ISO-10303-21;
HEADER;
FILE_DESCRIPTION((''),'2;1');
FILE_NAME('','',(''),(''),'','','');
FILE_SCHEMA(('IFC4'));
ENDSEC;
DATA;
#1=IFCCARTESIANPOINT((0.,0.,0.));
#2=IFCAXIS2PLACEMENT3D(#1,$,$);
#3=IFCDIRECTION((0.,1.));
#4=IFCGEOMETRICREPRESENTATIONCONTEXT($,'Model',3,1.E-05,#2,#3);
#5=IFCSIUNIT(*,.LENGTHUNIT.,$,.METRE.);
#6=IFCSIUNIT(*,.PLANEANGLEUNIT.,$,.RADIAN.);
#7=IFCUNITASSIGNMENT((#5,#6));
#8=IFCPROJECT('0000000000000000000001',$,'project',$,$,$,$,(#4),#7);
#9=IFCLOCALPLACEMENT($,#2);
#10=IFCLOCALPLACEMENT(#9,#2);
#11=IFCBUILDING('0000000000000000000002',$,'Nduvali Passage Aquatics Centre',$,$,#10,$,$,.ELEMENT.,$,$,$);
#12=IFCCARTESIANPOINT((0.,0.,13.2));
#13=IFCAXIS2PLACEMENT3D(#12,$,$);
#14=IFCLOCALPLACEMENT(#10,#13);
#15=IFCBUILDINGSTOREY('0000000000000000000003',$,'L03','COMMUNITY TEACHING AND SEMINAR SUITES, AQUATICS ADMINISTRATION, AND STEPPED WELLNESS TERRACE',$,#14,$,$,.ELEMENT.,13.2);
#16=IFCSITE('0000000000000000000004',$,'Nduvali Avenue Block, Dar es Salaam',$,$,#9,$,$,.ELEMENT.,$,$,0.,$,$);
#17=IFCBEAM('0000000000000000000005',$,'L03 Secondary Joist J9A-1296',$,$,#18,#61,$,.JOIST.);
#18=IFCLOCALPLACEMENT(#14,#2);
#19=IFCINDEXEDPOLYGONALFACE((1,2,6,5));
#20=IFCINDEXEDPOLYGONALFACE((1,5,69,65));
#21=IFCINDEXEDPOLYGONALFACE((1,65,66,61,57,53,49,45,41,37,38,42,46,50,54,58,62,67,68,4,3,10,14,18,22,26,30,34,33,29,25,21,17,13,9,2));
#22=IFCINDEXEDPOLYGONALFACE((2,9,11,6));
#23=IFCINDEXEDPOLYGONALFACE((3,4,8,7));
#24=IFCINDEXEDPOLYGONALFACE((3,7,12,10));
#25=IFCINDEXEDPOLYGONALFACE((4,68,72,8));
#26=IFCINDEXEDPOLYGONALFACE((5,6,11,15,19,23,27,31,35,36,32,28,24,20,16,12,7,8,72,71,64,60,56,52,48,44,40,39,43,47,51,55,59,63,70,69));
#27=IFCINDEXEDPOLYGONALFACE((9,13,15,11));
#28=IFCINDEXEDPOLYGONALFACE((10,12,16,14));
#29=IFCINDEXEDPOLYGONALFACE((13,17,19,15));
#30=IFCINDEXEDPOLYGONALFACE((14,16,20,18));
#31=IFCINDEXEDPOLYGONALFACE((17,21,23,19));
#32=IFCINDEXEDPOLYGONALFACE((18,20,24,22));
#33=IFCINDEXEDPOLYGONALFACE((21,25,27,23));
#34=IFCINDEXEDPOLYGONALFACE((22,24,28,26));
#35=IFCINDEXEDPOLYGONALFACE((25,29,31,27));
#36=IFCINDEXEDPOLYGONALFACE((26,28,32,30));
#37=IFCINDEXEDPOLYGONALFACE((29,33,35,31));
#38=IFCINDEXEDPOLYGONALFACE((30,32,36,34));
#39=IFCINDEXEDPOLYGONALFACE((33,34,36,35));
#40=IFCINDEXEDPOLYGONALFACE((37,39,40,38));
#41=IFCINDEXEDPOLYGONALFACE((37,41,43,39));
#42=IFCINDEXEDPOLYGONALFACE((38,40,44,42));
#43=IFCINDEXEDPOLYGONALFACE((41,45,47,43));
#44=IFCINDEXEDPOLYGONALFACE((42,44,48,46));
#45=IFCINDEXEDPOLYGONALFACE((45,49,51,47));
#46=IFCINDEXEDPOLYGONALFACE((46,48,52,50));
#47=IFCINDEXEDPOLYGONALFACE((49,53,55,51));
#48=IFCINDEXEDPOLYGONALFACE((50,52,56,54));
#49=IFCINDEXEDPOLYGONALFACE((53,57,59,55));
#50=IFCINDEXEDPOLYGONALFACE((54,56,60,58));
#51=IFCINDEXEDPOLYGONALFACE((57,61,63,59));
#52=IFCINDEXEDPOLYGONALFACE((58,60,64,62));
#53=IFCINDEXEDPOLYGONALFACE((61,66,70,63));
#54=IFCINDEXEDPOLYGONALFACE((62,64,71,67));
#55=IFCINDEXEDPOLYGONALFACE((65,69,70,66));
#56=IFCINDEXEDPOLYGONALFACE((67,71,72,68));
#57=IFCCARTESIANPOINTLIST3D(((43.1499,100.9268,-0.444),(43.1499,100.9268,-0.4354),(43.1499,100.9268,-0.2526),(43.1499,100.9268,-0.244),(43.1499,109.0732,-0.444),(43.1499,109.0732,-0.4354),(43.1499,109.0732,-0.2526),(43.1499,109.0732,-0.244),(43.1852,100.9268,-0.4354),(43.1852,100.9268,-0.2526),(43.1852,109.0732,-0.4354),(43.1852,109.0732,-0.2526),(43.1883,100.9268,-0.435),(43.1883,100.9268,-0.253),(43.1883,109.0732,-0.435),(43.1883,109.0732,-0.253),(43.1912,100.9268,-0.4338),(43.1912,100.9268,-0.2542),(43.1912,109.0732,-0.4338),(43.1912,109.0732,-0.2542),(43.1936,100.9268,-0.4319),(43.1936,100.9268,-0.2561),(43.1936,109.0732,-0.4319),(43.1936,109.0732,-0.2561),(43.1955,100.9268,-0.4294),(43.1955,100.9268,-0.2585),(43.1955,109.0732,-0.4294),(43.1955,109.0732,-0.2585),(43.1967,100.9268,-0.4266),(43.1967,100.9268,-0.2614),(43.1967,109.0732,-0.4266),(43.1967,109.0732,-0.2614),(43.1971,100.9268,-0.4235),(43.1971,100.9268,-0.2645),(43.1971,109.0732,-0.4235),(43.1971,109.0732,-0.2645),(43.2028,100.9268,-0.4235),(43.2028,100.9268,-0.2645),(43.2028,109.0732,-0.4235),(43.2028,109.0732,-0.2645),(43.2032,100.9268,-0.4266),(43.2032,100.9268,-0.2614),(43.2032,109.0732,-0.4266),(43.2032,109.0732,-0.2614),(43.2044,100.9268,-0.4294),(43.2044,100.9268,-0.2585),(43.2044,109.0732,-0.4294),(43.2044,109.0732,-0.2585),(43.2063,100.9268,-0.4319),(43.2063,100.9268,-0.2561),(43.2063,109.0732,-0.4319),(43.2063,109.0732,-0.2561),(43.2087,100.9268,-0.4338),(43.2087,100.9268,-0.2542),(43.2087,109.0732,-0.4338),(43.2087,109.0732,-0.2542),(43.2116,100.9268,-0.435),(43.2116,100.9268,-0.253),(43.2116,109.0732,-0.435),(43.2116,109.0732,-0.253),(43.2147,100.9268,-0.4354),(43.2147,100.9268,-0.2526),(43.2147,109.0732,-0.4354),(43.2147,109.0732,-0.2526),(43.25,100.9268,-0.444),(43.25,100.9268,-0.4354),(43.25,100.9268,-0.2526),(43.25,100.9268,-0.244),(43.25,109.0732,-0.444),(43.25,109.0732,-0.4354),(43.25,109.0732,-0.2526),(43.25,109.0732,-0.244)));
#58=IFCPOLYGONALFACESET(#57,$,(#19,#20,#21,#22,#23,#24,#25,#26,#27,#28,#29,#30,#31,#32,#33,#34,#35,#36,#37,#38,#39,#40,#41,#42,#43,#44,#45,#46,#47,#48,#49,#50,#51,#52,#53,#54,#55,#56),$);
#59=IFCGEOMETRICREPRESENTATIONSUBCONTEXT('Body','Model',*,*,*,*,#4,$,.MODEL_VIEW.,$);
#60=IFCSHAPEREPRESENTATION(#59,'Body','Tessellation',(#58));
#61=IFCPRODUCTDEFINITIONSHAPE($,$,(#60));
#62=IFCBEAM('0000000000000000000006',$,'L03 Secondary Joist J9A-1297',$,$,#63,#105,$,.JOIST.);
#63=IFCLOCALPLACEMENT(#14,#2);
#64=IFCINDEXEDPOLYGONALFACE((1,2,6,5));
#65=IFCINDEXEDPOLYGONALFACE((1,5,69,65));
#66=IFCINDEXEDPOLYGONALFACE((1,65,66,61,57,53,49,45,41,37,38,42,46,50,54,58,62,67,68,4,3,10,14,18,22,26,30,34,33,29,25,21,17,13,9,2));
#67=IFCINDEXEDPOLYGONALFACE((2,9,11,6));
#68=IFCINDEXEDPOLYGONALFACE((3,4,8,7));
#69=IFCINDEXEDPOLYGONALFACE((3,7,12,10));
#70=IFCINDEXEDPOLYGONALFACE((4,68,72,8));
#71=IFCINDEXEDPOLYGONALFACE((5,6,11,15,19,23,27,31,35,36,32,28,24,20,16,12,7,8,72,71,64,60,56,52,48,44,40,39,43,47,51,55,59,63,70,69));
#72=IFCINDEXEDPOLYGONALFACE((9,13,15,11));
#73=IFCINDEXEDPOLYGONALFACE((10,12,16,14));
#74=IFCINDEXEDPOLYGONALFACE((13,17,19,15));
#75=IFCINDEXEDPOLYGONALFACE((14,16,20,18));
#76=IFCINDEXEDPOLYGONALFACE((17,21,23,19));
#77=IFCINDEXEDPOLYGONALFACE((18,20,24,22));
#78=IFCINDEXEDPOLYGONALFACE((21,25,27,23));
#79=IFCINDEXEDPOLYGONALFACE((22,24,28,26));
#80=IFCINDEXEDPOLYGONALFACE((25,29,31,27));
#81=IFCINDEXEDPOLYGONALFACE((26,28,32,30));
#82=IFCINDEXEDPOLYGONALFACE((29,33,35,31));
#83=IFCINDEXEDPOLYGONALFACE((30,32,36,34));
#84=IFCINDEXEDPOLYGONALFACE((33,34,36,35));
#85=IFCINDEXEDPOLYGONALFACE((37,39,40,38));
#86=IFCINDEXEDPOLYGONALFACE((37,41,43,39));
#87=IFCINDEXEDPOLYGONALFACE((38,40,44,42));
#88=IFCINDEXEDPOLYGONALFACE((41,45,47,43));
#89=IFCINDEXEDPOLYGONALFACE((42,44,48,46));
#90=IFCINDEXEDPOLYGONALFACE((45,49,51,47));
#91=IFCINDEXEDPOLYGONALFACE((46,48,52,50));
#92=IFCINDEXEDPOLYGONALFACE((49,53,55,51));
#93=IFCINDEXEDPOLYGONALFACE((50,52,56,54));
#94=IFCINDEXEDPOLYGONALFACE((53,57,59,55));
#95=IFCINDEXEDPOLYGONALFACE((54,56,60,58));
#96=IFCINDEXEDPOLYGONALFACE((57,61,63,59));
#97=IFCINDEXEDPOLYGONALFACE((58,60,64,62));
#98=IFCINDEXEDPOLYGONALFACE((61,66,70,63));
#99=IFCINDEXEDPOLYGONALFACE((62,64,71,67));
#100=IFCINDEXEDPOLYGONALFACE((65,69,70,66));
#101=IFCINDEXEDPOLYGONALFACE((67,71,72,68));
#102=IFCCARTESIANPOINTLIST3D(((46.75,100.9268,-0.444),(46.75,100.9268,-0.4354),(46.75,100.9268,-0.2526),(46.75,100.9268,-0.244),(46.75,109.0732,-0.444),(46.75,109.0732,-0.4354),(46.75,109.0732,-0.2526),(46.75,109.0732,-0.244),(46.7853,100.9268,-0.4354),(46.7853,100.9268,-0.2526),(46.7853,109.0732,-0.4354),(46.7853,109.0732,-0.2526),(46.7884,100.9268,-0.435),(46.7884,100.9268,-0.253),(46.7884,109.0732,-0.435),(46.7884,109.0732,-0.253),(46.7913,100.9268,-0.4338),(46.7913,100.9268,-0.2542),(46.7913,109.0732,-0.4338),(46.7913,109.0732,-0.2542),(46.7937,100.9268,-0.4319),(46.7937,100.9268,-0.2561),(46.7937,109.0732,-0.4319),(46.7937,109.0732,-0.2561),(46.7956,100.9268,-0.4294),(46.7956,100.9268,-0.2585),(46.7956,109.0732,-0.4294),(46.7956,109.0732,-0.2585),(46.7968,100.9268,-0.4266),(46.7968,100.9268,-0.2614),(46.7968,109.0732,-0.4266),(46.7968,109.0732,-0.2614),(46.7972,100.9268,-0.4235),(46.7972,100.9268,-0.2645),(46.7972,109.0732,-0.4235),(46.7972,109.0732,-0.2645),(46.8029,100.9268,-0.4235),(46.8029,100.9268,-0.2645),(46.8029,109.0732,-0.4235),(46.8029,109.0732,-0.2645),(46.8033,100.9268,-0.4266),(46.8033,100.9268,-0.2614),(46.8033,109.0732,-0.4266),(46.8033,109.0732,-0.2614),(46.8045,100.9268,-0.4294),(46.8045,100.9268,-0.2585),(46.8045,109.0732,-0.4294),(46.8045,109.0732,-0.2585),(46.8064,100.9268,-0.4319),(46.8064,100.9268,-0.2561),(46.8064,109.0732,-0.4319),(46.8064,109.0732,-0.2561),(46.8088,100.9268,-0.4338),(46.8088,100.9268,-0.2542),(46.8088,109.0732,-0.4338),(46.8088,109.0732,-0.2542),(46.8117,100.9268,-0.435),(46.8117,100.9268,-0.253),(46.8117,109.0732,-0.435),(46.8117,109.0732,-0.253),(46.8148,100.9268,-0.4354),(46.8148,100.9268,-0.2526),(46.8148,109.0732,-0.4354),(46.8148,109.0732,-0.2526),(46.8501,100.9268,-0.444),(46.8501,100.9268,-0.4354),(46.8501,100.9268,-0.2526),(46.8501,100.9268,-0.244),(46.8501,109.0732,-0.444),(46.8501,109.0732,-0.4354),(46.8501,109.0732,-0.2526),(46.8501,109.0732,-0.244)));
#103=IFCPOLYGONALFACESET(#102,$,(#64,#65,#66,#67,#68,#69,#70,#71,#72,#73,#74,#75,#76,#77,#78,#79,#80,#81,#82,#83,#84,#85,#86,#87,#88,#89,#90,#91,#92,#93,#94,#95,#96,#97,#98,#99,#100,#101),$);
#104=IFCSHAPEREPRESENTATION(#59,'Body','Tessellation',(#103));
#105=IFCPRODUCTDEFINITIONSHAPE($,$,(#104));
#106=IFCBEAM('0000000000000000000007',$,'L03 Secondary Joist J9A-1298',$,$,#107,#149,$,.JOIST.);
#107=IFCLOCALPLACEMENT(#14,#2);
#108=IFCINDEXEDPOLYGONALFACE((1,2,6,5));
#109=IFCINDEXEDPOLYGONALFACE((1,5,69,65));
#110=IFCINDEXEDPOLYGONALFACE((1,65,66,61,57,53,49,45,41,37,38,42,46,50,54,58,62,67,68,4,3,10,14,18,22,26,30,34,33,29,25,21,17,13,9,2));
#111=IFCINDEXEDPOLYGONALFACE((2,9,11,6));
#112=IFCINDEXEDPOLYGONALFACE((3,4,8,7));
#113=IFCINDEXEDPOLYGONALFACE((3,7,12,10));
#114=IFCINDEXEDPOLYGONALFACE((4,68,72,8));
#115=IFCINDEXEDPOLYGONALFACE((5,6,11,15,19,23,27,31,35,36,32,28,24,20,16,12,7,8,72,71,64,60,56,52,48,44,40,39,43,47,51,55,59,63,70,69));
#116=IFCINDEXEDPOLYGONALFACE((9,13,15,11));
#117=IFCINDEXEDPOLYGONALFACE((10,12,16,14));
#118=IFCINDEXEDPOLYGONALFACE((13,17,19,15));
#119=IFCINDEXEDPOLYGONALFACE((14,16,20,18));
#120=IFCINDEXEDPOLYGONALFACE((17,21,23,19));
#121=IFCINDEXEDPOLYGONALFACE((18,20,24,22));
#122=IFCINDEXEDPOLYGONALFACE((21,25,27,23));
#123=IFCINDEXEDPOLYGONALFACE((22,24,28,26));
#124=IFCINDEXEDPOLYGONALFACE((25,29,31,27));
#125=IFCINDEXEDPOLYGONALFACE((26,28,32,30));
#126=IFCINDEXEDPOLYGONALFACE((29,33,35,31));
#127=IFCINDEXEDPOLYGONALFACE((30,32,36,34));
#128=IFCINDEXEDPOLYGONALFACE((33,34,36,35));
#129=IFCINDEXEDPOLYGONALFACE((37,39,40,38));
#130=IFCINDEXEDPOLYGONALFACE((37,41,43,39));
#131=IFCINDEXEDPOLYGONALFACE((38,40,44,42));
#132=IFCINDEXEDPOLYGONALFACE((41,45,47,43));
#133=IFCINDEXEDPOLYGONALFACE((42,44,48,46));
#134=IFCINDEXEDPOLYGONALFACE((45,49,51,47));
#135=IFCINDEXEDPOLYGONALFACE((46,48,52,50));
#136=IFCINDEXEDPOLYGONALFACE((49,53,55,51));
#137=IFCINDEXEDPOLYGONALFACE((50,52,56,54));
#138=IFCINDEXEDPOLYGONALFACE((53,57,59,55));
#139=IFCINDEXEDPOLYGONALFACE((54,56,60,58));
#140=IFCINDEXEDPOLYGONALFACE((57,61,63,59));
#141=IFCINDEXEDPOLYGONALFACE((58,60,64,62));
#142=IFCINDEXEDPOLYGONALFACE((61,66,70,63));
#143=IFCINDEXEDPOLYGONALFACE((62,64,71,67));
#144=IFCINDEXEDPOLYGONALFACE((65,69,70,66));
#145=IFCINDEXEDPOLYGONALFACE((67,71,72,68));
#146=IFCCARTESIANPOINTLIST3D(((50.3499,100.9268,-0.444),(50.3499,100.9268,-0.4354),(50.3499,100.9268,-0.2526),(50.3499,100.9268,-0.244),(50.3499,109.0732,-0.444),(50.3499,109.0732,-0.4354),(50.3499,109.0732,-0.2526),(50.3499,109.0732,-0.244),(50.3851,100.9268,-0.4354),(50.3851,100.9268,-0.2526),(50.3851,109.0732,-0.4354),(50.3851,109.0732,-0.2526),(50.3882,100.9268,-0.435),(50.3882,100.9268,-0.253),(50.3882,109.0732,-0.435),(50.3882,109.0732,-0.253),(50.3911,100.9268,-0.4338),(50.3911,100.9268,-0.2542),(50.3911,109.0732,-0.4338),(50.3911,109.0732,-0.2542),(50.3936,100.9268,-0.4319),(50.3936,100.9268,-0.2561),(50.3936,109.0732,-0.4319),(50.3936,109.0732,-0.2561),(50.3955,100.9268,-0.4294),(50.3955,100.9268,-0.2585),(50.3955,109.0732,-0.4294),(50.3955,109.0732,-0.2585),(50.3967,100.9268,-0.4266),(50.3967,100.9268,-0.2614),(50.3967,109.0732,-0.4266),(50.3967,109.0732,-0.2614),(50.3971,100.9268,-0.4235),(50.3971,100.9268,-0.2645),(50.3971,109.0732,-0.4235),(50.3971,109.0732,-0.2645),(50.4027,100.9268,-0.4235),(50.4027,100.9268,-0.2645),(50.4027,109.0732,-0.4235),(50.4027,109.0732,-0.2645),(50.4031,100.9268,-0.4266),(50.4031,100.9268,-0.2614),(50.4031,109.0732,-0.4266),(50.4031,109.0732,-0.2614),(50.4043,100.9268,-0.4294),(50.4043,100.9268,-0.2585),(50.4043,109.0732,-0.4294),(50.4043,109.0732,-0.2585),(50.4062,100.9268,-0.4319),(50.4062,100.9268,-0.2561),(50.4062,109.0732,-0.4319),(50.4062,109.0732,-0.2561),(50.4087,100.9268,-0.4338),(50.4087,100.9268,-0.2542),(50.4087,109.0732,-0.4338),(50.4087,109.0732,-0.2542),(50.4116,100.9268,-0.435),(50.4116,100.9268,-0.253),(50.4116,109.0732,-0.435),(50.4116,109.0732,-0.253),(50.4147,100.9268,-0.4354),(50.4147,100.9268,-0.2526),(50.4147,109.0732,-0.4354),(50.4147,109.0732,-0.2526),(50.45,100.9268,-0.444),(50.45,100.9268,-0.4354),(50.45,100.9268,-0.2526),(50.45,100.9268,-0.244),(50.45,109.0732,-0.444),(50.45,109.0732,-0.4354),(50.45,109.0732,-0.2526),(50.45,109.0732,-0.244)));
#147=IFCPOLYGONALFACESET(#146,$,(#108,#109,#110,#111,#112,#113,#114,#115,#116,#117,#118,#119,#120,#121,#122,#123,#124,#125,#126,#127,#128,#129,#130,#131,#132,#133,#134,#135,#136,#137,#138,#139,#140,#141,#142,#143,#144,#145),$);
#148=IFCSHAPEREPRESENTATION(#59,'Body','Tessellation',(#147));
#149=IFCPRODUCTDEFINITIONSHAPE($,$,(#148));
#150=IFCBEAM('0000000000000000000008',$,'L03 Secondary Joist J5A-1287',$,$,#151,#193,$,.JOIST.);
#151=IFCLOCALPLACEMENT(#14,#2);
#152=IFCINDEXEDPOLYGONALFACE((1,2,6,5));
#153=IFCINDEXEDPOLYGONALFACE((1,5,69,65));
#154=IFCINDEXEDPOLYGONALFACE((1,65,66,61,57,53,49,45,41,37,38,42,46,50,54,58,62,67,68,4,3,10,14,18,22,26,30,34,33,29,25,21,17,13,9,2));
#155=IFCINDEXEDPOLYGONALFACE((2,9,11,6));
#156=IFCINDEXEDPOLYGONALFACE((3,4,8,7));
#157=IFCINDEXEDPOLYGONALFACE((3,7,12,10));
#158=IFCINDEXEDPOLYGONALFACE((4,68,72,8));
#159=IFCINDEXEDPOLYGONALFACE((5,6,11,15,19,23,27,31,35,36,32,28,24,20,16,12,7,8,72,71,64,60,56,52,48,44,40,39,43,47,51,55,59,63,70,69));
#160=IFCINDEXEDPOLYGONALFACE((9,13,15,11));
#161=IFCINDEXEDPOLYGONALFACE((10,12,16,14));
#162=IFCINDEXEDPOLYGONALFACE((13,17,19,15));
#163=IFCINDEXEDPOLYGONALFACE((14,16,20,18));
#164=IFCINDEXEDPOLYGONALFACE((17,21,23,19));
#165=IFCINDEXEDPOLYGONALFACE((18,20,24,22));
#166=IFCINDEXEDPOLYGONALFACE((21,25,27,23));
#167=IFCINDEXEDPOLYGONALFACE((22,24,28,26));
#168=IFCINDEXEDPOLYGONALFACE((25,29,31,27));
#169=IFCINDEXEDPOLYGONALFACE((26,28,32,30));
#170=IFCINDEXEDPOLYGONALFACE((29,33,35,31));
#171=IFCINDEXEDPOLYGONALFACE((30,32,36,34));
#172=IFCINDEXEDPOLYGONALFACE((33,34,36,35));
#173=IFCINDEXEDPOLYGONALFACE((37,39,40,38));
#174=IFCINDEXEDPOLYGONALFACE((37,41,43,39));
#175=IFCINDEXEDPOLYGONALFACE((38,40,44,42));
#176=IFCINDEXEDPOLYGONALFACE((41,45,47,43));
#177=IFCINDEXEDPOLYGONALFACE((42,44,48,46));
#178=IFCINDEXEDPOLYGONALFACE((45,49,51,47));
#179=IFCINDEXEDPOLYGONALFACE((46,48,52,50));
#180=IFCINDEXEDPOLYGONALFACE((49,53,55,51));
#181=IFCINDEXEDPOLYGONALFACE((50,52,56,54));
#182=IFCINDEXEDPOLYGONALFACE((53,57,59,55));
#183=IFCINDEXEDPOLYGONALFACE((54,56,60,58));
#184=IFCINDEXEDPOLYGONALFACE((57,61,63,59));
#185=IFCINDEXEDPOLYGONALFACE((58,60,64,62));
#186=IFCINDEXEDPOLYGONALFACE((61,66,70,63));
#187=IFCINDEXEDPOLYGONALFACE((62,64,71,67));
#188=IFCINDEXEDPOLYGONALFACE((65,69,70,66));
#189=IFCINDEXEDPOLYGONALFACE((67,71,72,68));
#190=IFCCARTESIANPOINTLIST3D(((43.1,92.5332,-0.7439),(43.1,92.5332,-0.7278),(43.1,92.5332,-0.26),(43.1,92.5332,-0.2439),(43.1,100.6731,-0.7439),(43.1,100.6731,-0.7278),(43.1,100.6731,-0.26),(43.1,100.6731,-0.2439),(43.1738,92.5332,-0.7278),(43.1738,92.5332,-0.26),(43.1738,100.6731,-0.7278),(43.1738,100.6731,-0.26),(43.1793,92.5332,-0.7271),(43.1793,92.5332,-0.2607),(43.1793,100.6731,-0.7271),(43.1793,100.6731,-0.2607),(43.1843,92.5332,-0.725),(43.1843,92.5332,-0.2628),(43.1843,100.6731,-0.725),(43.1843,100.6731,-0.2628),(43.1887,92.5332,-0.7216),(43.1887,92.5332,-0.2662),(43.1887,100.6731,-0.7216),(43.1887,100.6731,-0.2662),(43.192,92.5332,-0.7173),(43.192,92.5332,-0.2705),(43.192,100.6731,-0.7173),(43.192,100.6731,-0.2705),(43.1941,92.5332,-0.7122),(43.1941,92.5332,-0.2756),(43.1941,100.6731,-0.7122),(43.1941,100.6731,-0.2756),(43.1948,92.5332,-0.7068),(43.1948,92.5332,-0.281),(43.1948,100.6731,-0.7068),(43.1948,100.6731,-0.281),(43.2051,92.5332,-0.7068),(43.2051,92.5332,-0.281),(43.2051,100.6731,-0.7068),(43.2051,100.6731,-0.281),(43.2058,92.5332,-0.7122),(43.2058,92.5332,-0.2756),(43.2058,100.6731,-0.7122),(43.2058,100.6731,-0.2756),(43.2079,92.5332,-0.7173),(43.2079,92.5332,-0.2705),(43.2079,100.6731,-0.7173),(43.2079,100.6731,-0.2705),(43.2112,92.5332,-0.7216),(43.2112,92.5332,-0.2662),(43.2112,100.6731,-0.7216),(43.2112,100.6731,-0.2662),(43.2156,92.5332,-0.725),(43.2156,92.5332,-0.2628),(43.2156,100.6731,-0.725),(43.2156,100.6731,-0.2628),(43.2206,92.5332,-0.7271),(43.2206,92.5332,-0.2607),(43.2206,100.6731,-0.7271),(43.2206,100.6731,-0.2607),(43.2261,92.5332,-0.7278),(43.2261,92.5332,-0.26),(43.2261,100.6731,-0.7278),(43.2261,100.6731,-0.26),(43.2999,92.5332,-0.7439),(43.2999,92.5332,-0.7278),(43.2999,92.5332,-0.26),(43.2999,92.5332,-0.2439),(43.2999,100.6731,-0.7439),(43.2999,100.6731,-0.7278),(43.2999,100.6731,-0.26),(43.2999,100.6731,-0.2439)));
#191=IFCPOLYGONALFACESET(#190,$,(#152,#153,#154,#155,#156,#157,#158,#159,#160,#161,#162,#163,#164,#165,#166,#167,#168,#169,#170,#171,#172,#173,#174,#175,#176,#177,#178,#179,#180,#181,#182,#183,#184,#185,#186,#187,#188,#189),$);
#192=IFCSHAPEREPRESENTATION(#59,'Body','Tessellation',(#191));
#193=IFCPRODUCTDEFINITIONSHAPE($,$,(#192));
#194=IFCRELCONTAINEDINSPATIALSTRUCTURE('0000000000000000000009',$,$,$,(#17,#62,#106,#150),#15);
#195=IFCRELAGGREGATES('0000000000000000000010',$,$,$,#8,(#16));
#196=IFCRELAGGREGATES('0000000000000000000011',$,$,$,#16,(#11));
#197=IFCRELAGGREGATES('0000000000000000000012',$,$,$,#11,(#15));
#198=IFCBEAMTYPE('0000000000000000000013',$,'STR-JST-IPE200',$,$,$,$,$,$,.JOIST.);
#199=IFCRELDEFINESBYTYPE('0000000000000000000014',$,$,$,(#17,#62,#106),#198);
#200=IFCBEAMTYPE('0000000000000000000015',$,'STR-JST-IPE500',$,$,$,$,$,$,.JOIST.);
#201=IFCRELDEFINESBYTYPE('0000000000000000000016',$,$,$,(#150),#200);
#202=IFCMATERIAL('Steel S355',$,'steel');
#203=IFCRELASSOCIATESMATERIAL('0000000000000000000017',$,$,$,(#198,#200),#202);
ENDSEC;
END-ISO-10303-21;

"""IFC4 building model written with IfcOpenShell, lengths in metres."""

from ifc_helpers import new_model, si_unit, direction, frame, origin, origin_2d, place, context, subcontext, project, spatial, i_section, extrude, material, material_profile, profile_set, type_object, element, save


model = new_model("IFC4")

# Units and contexts
model_context = context("Model", 3, precision=1e-05, world=origin(), true_north=direction((0.0, 1.0)))
body_context = subcontext(model_context, "Body", "Model", "MODEL_VIEW")
ifc_project = project(units=[si_unit("LENGTHUNIT", "METRE"), si_unit("PLANEANGLEUNIT", "RADIAN")], contexts=[model_context])

# Site, building, storey
site_placement = place(None, origin())
site = spatial("IfcSite", under=ifc_project, at=site_placement, Name="Nduvali Avenue Block, Dar es Salaam", CompositionType="ELEMENT", RefElevation=0.0)
building_placement = place(site_placement, origin())
building = spatial("IfcBuilding", under=site, at=building_placement, Name="Nduvali Passage Aquatics Centre", CompositionType="ELEMENT")
storey_placement = place(building_placement, frame((0.0, 0.0, 13.2)))
storey = spatial("IfcBuildingStorey", under=building, at=storey_placement, Name="L03", Description="COMMUNITY TEACHING AND SEMINAR SUITES, AQUATICS ADMINISTRATION, AND STEPPED WELLNESS TERRACE", CompositionType="ELEMENT", Elevation=13.2)

# Shared definitions
ifc_material_1 = material(Name="Steel S355", Category="steel")

# Beams
ifc_material_profile_1 = material_profile(ifc_material_1, i_section(OverallWidth=0.1001, OverallDepth=0.2, WebThickness=0.0056, FlangeThickness=0.0085, FilletRadius=0.012, at=origin_2d()), Name="IPE 200")
ifc_profile_set_1 = profile_set([ifc_material_profile_1], Name="Steel S355")
beam_type_1 = type_object("IfcBeamType", Name="STR-JST-IPE200", PredefinedType="JOIST", material=ifc_profile_set_1)
for number, where, z_axis, x_axis, name in (
    (1, (43.2, 100.9268, -0.344), (0.0, 1.0, 0.0), (-1.0, 0.0, 0.0), "L03 Secondary Joist J9A-1296"),
    (2, (46.8, 100.9268, -0.344), (0.0, 1.0, 0.0), (-1.0, 0.0, 0.0), "L03 Secondary Joist J9A-1297"),
    (3, (50.3999, 100.9268, -0.344), (0.0, 1.0, 0.0), (-1.0, 0.0, 0.0), "L03 Secondary Joist J9A-1298"),
):
    element("IfcBeam", number, at=place(storey_placement, frame(where, z_axis=z_axis, x_axis=x_axis)), inside=storey, type_object=beam_type_1, Name=name, PredefinedType="JOIST", context=body_context, shape_type="SweptSolid", body=[
        extrude(i_section(OverallWidth=0.1001, OverallDepth=0.2, WebThickness=0.0056, FlangeThickness=0.0085, FilletRadius=0.012, at=origin_2d()), origin(), (0.0, 0.0, 1.0), 8.1465),
    ])
ifc_material_profile_2 = material_profile(ifc_material_1, i_section(OverallWidth=0.2, OverallDepth=0.5, WebThickness=0.0103, FlangeThickness=0.0161, FilletRadius=0.021, at=origin_2d()), Name="IPE 500")
ifc_profile_set_2 = profile_set([ifc_material_profile_2], Name="Steel S355")
beam_type_2 = type_object("IfcBeamType", Name="STR-JST-IPE500", PredefinedType="JOIST", material=ifc_profile_set_2)
for number, where, z_axis, x_axis, name in (
    (4, (43.2, 92.5332, -0.4939), (0.0, 1.0, 0.0), (-1.0, 0.0, 0.0), "L03 Secondary Joist J5A-1287"),
):
    element("IfcBeam", number, at=place(storey_placement, frame(where, z_axis=z_axis, x_axis=x_axis)), inside=storey, type_object=beam_type_2, Name=name, PredefinedType="JOIST", context=body_context, shape_type="SweptSolid", body=[
        extrude(i_section(OverallWidth=0.2, OverallDepth=0.5, WebThickness=0.0103, FlangeThickness=0.0161, FilletRadius=0.021, at=origin_2d()), origin(), (0.0, 0.0, 1.0), 8.1399),
    ])

save(model, "model.ifc")
